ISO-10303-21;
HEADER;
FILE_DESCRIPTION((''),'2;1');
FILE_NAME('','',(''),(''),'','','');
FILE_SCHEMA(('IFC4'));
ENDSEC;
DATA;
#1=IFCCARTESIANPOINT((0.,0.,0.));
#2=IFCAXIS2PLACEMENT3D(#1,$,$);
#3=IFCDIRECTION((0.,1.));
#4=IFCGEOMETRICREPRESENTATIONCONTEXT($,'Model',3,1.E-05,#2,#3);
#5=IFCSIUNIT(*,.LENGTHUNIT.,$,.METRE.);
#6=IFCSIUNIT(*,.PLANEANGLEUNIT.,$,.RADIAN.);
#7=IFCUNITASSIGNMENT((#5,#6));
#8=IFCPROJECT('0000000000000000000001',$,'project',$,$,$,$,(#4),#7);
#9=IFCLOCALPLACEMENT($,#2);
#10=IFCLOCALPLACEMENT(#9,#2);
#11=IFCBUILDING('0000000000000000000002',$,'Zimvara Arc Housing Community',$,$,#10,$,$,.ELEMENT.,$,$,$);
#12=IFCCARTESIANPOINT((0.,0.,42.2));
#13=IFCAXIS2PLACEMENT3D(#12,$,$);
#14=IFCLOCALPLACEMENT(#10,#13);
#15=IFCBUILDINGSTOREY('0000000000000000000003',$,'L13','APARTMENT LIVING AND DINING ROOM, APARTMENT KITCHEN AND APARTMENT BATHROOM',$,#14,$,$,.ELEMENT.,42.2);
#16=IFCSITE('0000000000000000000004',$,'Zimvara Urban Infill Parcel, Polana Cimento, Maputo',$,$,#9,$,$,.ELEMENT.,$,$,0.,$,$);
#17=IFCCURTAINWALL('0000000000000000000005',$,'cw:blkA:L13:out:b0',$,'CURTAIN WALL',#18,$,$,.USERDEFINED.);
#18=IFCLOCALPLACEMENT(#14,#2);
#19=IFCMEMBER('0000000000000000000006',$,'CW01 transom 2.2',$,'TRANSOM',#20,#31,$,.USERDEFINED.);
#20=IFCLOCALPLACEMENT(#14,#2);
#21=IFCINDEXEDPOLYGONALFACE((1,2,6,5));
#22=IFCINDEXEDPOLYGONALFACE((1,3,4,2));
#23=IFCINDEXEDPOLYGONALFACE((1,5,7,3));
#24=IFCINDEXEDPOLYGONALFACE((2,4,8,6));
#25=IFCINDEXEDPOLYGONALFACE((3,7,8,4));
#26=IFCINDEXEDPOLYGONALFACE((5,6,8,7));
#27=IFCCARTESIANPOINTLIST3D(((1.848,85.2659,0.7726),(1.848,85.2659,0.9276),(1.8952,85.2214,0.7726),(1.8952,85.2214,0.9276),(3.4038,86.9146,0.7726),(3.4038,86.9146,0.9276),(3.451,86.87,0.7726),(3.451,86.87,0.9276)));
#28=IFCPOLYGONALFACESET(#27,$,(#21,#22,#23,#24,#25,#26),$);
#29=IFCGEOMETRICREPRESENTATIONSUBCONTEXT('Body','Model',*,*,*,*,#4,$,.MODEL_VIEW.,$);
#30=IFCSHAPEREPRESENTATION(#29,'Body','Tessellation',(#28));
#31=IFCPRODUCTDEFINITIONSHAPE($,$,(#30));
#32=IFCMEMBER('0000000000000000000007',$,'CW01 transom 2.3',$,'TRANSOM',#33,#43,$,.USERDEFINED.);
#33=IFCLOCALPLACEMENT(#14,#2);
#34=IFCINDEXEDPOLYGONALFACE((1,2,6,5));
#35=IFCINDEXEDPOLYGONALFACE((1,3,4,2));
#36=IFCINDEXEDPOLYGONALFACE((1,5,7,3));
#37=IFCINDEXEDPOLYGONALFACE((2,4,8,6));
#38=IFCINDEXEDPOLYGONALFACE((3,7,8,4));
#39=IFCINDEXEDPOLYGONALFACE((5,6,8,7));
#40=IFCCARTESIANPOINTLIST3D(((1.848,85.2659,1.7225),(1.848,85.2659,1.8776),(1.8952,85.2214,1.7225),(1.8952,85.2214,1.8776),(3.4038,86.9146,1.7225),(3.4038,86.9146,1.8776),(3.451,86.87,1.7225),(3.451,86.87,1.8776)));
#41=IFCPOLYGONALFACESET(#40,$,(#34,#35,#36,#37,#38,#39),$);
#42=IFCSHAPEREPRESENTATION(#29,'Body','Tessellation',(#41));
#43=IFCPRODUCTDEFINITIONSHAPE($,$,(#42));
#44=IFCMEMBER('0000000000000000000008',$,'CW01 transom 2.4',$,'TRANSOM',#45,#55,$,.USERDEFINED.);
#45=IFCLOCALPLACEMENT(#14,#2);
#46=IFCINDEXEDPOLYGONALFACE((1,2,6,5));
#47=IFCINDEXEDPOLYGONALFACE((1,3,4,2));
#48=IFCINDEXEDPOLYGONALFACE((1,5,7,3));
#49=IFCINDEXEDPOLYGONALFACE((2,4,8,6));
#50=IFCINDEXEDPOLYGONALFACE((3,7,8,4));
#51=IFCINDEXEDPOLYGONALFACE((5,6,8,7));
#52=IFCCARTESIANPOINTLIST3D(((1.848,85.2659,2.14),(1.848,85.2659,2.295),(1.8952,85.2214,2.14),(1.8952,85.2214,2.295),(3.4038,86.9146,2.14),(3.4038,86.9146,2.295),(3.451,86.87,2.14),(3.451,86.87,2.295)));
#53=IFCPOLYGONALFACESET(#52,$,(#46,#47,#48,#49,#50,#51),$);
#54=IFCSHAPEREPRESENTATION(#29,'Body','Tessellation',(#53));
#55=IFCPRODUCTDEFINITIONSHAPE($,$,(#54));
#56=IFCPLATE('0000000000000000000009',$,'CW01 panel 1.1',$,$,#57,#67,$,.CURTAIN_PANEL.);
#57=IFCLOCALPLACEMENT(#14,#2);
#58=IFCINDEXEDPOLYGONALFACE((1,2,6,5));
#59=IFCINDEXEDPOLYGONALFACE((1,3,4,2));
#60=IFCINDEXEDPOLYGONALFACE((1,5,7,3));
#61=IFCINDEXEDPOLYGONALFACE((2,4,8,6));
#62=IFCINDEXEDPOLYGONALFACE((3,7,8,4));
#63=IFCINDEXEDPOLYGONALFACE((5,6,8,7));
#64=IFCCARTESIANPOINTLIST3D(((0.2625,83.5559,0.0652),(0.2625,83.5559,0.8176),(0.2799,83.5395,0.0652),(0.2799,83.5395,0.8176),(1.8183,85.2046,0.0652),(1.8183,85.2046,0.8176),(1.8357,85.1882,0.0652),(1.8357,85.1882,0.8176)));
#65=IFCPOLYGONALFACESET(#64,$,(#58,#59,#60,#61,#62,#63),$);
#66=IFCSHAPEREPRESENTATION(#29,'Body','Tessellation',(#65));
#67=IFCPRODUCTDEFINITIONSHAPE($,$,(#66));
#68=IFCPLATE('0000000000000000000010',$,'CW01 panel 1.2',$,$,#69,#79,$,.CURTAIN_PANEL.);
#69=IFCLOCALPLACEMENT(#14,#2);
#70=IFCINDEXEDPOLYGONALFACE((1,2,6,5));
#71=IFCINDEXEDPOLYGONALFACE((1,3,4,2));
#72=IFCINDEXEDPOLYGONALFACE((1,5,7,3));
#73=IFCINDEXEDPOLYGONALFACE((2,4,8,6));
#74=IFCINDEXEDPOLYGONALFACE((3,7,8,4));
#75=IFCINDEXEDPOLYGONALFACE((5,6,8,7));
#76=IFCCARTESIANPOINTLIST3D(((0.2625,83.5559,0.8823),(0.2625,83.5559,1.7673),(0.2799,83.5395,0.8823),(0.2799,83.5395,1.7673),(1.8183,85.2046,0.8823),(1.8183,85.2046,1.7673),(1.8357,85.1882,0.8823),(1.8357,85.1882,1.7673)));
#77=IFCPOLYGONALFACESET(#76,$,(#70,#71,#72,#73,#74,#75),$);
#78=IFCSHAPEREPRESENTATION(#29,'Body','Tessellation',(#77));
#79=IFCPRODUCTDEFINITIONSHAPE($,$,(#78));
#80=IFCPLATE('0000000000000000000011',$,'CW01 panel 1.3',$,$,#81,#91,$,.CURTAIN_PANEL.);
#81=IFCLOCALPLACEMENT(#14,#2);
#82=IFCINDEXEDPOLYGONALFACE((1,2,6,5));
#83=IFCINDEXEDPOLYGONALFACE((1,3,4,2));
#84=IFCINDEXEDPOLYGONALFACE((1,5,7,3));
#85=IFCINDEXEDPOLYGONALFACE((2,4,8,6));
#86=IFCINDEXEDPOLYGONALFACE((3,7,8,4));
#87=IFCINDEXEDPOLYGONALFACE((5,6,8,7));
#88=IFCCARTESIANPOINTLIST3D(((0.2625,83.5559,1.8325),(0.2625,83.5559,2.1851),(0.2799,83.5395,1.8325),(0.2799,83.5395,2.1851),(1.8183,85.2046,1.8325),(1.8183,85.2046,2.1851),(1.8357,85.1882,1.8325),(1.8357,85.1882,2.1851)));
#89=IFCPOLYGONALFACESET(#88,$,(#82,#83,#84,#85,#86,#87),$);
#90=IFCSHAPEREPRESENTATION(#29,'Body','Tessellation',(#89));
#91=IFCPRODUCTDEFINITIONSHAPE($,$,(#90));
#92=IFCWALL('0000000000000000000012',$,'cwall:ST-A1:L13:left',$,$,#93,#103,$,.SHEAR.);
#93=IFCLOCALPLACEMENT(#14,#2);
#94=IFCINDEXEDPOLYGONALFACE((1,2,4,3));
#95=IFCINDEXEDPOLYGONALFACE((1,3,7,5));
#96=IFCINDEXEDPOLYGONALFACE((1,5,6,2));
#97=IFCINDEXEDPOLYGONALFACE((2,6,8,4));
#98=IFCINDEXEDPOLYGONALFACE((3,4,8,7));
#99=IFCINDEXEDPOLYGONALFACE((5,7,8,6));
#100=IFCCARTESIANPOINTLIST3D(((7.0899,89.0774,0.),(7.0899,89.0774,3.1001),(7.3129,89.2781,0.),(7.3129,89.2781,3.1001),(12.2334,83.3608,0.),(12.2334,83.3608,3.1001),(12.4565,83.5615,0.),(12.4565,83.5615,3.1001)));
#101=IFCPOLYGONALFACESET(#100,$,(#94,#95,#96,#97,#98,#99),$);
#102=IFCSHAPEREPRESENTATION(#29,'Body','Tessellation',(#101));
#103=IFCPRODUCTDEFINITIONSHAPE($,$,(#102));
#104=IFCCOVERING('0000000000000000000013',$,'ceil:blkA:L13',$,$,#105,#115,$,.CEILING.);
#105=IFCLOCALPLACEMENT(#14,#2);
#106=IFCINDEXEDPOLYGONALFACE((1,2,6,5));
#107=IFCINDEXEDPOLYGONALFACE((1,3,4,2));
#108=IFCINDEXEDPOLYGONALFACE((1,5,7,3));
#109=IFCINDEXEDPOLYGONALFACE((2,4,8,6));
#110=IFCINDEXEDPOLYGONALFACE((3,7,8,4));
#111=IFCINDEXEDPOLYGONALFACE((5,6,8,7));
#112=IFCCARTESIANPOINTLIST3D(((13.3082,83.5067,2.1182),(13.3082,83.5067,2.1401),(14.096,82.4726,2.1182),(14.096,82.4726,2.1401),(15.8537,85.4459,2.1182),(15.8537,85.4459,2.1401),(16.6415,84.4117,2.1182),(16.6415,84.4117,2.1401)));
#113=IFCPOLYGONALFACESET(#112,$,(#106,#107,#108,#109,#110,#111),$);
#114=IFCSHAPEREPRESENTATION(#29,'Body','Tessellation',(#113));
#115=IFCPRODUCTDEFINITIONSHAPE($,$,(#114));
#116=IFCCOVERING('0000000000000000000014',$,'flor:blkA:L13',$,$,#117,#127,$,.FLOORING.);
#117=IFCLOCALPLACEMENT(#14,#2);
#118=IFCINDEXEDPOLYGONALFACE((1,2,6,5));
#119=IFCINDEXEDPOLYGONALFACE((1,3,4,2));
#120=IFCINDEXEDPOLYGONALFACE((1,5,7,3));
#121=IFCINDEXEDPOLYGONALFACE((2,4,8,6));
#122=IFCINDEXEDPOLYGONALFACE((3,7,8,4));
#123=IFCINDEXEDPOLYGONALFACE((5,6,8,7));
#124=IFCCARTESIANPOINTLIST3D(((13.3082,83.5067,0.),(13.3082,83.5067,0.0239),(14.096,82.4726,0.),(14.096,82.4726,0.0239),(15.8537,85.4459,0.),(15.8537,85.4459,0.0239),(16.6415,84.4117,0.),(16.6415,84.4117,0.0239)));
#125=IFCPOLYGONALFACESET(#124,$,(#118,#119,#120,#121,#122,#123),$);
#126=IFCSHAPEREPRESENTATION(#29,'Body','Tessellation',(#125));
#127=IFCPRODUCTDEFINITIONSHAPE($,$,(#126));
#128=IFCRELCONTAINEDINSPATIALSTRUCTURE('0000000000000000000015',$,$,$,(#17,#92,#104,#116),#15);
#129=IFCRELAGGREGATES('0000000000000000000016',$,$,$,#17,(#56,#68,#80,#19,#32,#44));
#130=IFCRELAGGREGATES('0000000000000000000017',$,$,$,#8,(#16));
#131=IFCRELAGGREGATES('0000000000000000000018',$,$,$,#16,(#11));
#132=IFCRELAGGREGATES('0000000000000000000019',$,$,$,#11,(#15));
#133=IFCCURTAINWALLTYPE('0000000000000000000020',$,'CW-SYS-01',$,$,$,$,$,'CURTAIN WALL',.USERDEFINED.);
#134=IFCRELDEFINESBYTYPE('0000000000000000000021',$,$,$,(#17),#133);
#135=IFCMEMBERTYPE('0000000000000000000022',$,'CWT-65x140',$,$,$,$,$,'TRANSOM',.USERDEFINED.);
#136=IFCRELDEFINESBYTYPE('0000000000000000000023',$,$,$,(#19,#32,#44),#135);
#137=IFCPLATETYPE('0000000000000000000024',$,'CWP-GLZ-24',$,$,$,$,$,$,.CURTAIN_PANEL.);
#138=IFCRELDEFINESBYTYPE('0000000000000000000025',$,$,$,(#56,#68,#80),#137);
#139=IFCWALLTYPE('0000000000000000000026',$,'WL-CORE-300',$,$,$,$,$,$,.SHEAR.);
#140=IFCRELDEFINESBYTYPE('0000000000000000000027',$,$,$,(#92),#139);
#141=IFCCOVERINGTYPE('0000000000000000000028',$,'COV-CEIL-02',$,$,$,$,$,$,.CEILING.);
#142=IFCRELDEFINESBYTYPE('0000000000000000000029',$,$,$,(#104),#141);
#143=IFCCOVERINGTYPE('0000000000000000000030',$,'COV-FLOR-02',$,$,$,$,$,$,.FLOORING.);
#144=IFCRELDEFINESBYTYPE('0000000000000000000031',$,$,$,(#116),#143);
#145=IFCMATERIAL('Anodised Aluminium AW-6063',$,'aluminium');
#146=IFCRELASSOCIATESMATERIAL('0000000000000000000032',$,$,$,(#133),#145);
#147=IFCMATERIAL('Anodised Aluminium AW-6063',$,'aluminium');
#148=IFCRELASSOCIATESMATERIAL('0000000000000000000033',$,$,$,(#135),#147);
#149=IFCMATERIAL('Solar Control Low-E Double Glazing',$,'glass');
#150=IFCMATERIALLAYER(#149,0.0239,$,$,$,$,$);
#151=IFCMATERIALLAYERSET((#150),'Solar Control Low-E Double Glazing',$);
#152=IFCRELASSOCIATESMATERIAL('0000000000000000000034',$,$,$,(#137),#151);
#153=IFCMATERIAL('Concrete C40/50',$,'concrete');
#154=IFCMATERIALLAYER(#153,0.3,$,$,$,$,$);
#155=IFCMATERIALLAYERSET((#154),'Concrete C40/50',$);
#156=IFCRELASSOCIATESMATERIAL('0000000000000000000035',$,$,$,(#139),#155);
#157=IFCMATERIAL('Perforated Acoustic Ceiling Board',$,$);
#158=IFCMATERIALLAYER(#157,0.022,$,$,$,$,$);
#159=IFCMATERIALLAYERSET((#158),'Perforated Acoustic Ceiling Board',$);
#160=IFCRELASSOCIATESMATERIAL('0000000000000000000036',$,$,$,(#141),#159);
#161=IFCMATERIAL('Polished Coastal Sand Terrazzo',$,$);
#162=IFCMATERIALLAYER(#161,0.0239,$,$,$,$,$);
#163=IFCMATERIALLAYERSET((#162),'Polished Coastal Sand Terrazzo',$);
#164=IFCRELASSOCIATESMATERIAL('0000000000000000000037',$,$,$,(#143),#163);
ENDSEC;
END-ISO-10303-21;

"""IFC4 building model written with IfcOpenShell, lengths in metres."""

from ifc_helpers import new_model, si_unit, direction, frame, frame_2d, origin, origin_2d, place, context, subcontext, project, spatial, rectangle, extrude, material, layer, layer_set, material_profile, profile_set, type_object, element, aggregate, save


model = new_model("IFC4")

# Units and contexts
model_context = context("Model", 3, precision=1e-05, world=origin(), true_north=direction((0.0, 1.0)))
body_context = subcontext(model_context, "Body", "Model", "MODEL_VIEW")
ifc_project = project(units=[si_unit("LENGTHUNIT", "METRE"), si_unit("PLANEANGLEUNIT", "RADIAN")], contexts=[model_context])

# Site, building, storey
site_placement = place(None, origin())
site = spatial("IfcSite", under=ifc_project, at=site_placement, Name="Zimvara Urban Infill Parcel, Polana Cimento, Maputo", CompositionType="ELEMENT", RefElevation=0.0)
building_placement = place(site_placement, origin())
building = spatial("IfcBuilding", under=site, at=building_placement, Name="Zimvara Arc Housing Community", CompositionType="ELEMENT")
storey_placement = place(building_placement, frame((0.0, 0.0, 42.2)))
storey = spatial("IfcBuildingStorey", under=building, at=storey_placement, Name="L13", Description="APARTMENT LIVING AND DINING ROOM, APARTMENT KITCHEN AND APARTMENT BATHROOM", CompositionType="ELEMENT", Elevation=42.2)

# Curtain wall
ifc_material_1 = material(Name="Anodised Aluminium AW-6063", Category="aluminium")
curtain_wall_type_1 = type_object("IfcCurtainWallType", Name="CW-SYS-01", ElementType="CURTAIN WALL", PredefinedType="USERDEFINED", material=ifc_material_1)
curtain_wall_1_placement = place(storey_placement, origin())
curtain_wall_1 = element("IfcCurtainWall", 1, at=curtain_wall_1_placement, inside=storey, type_object=curtain_wall_type_1, Name="cw:blkA:L13:out:b0", ObjectType="CURTAIN WALL", PredefinedType="USERDEFINED")

# Members
ifc_material_2 = material(Name="Anodised Aluminium AW-6063", Category="aluminium")
ifc_material_profile_1 = material_profile(ifc_material_2, rectangle(XDim=0.0649, YDim=0.155, at=origin_2d()), Name="ALU 65x155")
ifc_profile_set_1 = profile_set([ifc_material_profile_1], Name="Anodised Aluminium AW-6063")
member_type_1 = type_object("IfcMemberType", Name="CWT-65x140", ElementType="TRANSOM", PredefinedType="USERDEFINED", material=ifc_profile_set_1)
member_1_placement = place(storey_placement, frame((1.8716, 85.2437, 0.8501), z_axis=(0.686348, 0.727273, 0.0), x_axis=(-0.727273, 0.686348, 0.0)))
member_1 = element("IfcMember", 2, at=member_1_placement, type_object=member_type_1, Name="CW01 transom 2.2", ObjectType="TRANSOM", PredefinedType="USERDEFINED", context=body_context, shape_type="SweptSolid", body=[
    extrude(rectangle(XDim=0.0649, YDim=0.155, at=origin_2d()), origin(), (0.0, 0.0, 1.0), 2.2668),
])
member_2_placement = place(storey_placement, frame((1.8716, 85.2437, 1.8), z_axis=(0.686348, 0.727273, 0.0), x_axis=(-0.727273, 0.686348, 0.0)))
member_2 = element("IfcMember", 3, at=member_2_placement, type_object=member_type_1, Name="CW01 transom 2.3", ObjectType="TRANSOM", PredefinedType="USERDEFINED", context=body_context, shape_type="SweptSolid", body=[
    extrude(rectangle(XDim=0.0649, YDim=0.155, at=origin_2d()), origin(), (0.0, 0.0, 1.0), 2.2668),
])
member_3_placement = place(storey_placement, frame((1.8716, 85.2437, 2.2175), z_axis=(0.686348, 0.727273, 0.0), x_axis=(-0.727273, 0.686348, 0.0)))
member_3 = element("IfcMember", 4, at=member_3_placement, type_object=member_type_1, Name="CW01 transom 2.4", ObjectType="TRANSOM", PredefinedType="USERDEFINED", context=body_context, shape_type="SweptSolid", body=[
    extrude(rectangle(XDim=0.0649, YDim=0.155, at=origin_2d()), origin(), (0.0, 0.0, 1.0), 2.2668),
])

# Plates
ifc_material_3 = material(Name="Solar Control Low-E Double Glazing", Category="glass")
ifc_layer_1 = layer(ifc_material_3, 0.0239)
ifc_layer_set_1 = layer_set([ifc_layer_1], Name="Solar Control Low-E Double Glazing")
plate_type = type_object("IfcPlateType", Name="CWP-GLZ-24", PredefinedType="CURTAIN_PANEL", material=ifc_layer_set_1)
plate_1_placement = place(storey_placement, frame((1.0491, 84.3721, 0.0652), z_axis=(0.0, 0.0, 1.0), x_axis=(0.686326, 0.727294, 0.0)))
plate_1 = element("IfcPlate", 5, at=plate_1_placement, type_object=plate_type, Name="CW01 panel 1.1", PredefinedType="CURTAIN_PANEL", context=body_context, shape_type="SweptSolid", body=[
    extrude(rectangle(XDim=2.2668, YDim=0.0239, at=origin_2d()), origin(), (0.0, 0.0, 1.0), 0.7524),
])
plate_2_placement = place(storey_placement, frame((1.0491, 84.3721, 0.8823), z_axis=(0.0, 0.0, 1.0), x_axis=(0.686326, 0.727294, 0.0)))
plate_2 = element("IfcPlate", 6, at=plate_2_placement, type_object=plate_type, Name="CW01 panel 1.2", PredefinedType="CURTAIN_PANEL", context=body_context, shape_type="SweptSolid", body=[
    extrude(rectangle(XDim=2.2668, YDim=0.0239, at=origin_2d()), origin(), (0.0, 0.0, 1.0), 0.885),
])
plate_3_placement = place(storey_placement, frame((1.0491, 84.3721, 1.8325), z_axis=(0.0, 0.0, 1.0), x_axis=(0.686326, 0.727294, 0.0)))
plate_3 = element("IfcPlate", 7, at=plate_3_placement, type_object=plate_type, Name="CW01 panel 1.3", PredefinedType="CURTAIN_PANEL", context=body_context, shape_type="SweptSolid", body=[
    extrude(rectangle(XDim=2.2668, YDim=0.0239, at=origin_2d()), origin(), (0.0, 0.0, 1.0), 0.3525),
])
aggregate(curtain_wall_1, [plate_1, plate_2, plate_3, member_1, member_2, member_3])

# Shared definitions
ifc_material_4 = material(Name="Concrete C40/50", Category="concrete")
ifc_layer_2 = layer(ifc_material_4, 0.3)
ifc_layer_set_2 = layer_set([ifc_layer_2], Name="Concrete C40/50")
wall_type_1 = type_object("IfcWallType", Name="WL-CORE-300", PredefinedType="SHEAR", material=ifc_layer_set_2)

# Wall
wall_1_placement = place(storey_placement, frame((12.345, 83.4612, 0.0), z_axis=(0.0, 0.0, 1.0), x_axis=(-0.668868, 0.743381, 0.0)))
element("IfcWall", 8, at=wall_1_placement, inside=storey, type_object=wall_type_1, Name="cwall:ST-A1:L13:left", PredefinedType="SHEAR", context=body_context, shape_type="SweptSolid", body=[
    extrude(rectangle(XDim=7.6899, YDim=0.3, at=frame_2d((3.845, 0.0))), origin(), (0.0, 0.0, 1.0), 3.1001),
])

# Coverings
ifc_material_5 = material(Name="Perforated Acoustic Ceiling Board")
ifc_layer_3 = layer(ifc_material_5, 0.022)
ifc_layer_set_3 = layer_set([ifc_layer_3], Name="Perforated Acoustic Ceiling Board")
covering_type_1 = type_object("IfcCoveringType", Name="COV-CEIL-02", PredefinedType="CEILING", material=ifc_layer_set_3)
covering_1_placement = place(storey_placement, frame((14.9749, 83.9592, 2.1182), z_axis=(0.0, 0.0, 1.0), x_axis=(-0.605988, 0.795473, 0.0)))
element("IfcCovering", 9, at=covering_1_placement, inside=storey, type_object=covering_type_1, Name="ceil:blkA:L13", PredefinedType="CEILING", context=body_context, shape_type="SweptSolid", body=[
    extrude(rectangle(XDim=1.3, YDim=3.2, at=origin_2d()), origin(), (0.0, 0.0, 1.0), 0.022),
])
ifc_material_6 = material(Name="Polished Coastal Sand Terrazzo")
ifc_layer_4 = layer(ifc_material_6, 0.0239)
ifc_layer_set_4 = layer_set([ifc_layer_4], Name="Polished Coastal Sand Terrazzo")
covering_type_2 = type_object("IfcCoveringType", Name="COV-FLOR-02", PredefinedType="FLOORING", material=ifc_layer_set_4)
covering_2_placement = place(storey_placement, frame((14.9749, 83.9592, 0.0), z_axis=(0.0, 0.0, 1.0), x_axis=(-0.605988, 0.795473, 0.0)))
element("IfcCovering", 10, at=covering_2_placement, inside=storey, type_object=covering_type_2, Name="flor:blkA:L13", PredefinedType="FLOORING", context=body_context, shape_type="SweptSolid", body=[
    extrude(rectangle(XDim=1.3, YDim=3.2, at=origin_2d()), origin(), (0.0, 0.0, 1.0), 0.0239),
])

save(model, "model.ifc")
